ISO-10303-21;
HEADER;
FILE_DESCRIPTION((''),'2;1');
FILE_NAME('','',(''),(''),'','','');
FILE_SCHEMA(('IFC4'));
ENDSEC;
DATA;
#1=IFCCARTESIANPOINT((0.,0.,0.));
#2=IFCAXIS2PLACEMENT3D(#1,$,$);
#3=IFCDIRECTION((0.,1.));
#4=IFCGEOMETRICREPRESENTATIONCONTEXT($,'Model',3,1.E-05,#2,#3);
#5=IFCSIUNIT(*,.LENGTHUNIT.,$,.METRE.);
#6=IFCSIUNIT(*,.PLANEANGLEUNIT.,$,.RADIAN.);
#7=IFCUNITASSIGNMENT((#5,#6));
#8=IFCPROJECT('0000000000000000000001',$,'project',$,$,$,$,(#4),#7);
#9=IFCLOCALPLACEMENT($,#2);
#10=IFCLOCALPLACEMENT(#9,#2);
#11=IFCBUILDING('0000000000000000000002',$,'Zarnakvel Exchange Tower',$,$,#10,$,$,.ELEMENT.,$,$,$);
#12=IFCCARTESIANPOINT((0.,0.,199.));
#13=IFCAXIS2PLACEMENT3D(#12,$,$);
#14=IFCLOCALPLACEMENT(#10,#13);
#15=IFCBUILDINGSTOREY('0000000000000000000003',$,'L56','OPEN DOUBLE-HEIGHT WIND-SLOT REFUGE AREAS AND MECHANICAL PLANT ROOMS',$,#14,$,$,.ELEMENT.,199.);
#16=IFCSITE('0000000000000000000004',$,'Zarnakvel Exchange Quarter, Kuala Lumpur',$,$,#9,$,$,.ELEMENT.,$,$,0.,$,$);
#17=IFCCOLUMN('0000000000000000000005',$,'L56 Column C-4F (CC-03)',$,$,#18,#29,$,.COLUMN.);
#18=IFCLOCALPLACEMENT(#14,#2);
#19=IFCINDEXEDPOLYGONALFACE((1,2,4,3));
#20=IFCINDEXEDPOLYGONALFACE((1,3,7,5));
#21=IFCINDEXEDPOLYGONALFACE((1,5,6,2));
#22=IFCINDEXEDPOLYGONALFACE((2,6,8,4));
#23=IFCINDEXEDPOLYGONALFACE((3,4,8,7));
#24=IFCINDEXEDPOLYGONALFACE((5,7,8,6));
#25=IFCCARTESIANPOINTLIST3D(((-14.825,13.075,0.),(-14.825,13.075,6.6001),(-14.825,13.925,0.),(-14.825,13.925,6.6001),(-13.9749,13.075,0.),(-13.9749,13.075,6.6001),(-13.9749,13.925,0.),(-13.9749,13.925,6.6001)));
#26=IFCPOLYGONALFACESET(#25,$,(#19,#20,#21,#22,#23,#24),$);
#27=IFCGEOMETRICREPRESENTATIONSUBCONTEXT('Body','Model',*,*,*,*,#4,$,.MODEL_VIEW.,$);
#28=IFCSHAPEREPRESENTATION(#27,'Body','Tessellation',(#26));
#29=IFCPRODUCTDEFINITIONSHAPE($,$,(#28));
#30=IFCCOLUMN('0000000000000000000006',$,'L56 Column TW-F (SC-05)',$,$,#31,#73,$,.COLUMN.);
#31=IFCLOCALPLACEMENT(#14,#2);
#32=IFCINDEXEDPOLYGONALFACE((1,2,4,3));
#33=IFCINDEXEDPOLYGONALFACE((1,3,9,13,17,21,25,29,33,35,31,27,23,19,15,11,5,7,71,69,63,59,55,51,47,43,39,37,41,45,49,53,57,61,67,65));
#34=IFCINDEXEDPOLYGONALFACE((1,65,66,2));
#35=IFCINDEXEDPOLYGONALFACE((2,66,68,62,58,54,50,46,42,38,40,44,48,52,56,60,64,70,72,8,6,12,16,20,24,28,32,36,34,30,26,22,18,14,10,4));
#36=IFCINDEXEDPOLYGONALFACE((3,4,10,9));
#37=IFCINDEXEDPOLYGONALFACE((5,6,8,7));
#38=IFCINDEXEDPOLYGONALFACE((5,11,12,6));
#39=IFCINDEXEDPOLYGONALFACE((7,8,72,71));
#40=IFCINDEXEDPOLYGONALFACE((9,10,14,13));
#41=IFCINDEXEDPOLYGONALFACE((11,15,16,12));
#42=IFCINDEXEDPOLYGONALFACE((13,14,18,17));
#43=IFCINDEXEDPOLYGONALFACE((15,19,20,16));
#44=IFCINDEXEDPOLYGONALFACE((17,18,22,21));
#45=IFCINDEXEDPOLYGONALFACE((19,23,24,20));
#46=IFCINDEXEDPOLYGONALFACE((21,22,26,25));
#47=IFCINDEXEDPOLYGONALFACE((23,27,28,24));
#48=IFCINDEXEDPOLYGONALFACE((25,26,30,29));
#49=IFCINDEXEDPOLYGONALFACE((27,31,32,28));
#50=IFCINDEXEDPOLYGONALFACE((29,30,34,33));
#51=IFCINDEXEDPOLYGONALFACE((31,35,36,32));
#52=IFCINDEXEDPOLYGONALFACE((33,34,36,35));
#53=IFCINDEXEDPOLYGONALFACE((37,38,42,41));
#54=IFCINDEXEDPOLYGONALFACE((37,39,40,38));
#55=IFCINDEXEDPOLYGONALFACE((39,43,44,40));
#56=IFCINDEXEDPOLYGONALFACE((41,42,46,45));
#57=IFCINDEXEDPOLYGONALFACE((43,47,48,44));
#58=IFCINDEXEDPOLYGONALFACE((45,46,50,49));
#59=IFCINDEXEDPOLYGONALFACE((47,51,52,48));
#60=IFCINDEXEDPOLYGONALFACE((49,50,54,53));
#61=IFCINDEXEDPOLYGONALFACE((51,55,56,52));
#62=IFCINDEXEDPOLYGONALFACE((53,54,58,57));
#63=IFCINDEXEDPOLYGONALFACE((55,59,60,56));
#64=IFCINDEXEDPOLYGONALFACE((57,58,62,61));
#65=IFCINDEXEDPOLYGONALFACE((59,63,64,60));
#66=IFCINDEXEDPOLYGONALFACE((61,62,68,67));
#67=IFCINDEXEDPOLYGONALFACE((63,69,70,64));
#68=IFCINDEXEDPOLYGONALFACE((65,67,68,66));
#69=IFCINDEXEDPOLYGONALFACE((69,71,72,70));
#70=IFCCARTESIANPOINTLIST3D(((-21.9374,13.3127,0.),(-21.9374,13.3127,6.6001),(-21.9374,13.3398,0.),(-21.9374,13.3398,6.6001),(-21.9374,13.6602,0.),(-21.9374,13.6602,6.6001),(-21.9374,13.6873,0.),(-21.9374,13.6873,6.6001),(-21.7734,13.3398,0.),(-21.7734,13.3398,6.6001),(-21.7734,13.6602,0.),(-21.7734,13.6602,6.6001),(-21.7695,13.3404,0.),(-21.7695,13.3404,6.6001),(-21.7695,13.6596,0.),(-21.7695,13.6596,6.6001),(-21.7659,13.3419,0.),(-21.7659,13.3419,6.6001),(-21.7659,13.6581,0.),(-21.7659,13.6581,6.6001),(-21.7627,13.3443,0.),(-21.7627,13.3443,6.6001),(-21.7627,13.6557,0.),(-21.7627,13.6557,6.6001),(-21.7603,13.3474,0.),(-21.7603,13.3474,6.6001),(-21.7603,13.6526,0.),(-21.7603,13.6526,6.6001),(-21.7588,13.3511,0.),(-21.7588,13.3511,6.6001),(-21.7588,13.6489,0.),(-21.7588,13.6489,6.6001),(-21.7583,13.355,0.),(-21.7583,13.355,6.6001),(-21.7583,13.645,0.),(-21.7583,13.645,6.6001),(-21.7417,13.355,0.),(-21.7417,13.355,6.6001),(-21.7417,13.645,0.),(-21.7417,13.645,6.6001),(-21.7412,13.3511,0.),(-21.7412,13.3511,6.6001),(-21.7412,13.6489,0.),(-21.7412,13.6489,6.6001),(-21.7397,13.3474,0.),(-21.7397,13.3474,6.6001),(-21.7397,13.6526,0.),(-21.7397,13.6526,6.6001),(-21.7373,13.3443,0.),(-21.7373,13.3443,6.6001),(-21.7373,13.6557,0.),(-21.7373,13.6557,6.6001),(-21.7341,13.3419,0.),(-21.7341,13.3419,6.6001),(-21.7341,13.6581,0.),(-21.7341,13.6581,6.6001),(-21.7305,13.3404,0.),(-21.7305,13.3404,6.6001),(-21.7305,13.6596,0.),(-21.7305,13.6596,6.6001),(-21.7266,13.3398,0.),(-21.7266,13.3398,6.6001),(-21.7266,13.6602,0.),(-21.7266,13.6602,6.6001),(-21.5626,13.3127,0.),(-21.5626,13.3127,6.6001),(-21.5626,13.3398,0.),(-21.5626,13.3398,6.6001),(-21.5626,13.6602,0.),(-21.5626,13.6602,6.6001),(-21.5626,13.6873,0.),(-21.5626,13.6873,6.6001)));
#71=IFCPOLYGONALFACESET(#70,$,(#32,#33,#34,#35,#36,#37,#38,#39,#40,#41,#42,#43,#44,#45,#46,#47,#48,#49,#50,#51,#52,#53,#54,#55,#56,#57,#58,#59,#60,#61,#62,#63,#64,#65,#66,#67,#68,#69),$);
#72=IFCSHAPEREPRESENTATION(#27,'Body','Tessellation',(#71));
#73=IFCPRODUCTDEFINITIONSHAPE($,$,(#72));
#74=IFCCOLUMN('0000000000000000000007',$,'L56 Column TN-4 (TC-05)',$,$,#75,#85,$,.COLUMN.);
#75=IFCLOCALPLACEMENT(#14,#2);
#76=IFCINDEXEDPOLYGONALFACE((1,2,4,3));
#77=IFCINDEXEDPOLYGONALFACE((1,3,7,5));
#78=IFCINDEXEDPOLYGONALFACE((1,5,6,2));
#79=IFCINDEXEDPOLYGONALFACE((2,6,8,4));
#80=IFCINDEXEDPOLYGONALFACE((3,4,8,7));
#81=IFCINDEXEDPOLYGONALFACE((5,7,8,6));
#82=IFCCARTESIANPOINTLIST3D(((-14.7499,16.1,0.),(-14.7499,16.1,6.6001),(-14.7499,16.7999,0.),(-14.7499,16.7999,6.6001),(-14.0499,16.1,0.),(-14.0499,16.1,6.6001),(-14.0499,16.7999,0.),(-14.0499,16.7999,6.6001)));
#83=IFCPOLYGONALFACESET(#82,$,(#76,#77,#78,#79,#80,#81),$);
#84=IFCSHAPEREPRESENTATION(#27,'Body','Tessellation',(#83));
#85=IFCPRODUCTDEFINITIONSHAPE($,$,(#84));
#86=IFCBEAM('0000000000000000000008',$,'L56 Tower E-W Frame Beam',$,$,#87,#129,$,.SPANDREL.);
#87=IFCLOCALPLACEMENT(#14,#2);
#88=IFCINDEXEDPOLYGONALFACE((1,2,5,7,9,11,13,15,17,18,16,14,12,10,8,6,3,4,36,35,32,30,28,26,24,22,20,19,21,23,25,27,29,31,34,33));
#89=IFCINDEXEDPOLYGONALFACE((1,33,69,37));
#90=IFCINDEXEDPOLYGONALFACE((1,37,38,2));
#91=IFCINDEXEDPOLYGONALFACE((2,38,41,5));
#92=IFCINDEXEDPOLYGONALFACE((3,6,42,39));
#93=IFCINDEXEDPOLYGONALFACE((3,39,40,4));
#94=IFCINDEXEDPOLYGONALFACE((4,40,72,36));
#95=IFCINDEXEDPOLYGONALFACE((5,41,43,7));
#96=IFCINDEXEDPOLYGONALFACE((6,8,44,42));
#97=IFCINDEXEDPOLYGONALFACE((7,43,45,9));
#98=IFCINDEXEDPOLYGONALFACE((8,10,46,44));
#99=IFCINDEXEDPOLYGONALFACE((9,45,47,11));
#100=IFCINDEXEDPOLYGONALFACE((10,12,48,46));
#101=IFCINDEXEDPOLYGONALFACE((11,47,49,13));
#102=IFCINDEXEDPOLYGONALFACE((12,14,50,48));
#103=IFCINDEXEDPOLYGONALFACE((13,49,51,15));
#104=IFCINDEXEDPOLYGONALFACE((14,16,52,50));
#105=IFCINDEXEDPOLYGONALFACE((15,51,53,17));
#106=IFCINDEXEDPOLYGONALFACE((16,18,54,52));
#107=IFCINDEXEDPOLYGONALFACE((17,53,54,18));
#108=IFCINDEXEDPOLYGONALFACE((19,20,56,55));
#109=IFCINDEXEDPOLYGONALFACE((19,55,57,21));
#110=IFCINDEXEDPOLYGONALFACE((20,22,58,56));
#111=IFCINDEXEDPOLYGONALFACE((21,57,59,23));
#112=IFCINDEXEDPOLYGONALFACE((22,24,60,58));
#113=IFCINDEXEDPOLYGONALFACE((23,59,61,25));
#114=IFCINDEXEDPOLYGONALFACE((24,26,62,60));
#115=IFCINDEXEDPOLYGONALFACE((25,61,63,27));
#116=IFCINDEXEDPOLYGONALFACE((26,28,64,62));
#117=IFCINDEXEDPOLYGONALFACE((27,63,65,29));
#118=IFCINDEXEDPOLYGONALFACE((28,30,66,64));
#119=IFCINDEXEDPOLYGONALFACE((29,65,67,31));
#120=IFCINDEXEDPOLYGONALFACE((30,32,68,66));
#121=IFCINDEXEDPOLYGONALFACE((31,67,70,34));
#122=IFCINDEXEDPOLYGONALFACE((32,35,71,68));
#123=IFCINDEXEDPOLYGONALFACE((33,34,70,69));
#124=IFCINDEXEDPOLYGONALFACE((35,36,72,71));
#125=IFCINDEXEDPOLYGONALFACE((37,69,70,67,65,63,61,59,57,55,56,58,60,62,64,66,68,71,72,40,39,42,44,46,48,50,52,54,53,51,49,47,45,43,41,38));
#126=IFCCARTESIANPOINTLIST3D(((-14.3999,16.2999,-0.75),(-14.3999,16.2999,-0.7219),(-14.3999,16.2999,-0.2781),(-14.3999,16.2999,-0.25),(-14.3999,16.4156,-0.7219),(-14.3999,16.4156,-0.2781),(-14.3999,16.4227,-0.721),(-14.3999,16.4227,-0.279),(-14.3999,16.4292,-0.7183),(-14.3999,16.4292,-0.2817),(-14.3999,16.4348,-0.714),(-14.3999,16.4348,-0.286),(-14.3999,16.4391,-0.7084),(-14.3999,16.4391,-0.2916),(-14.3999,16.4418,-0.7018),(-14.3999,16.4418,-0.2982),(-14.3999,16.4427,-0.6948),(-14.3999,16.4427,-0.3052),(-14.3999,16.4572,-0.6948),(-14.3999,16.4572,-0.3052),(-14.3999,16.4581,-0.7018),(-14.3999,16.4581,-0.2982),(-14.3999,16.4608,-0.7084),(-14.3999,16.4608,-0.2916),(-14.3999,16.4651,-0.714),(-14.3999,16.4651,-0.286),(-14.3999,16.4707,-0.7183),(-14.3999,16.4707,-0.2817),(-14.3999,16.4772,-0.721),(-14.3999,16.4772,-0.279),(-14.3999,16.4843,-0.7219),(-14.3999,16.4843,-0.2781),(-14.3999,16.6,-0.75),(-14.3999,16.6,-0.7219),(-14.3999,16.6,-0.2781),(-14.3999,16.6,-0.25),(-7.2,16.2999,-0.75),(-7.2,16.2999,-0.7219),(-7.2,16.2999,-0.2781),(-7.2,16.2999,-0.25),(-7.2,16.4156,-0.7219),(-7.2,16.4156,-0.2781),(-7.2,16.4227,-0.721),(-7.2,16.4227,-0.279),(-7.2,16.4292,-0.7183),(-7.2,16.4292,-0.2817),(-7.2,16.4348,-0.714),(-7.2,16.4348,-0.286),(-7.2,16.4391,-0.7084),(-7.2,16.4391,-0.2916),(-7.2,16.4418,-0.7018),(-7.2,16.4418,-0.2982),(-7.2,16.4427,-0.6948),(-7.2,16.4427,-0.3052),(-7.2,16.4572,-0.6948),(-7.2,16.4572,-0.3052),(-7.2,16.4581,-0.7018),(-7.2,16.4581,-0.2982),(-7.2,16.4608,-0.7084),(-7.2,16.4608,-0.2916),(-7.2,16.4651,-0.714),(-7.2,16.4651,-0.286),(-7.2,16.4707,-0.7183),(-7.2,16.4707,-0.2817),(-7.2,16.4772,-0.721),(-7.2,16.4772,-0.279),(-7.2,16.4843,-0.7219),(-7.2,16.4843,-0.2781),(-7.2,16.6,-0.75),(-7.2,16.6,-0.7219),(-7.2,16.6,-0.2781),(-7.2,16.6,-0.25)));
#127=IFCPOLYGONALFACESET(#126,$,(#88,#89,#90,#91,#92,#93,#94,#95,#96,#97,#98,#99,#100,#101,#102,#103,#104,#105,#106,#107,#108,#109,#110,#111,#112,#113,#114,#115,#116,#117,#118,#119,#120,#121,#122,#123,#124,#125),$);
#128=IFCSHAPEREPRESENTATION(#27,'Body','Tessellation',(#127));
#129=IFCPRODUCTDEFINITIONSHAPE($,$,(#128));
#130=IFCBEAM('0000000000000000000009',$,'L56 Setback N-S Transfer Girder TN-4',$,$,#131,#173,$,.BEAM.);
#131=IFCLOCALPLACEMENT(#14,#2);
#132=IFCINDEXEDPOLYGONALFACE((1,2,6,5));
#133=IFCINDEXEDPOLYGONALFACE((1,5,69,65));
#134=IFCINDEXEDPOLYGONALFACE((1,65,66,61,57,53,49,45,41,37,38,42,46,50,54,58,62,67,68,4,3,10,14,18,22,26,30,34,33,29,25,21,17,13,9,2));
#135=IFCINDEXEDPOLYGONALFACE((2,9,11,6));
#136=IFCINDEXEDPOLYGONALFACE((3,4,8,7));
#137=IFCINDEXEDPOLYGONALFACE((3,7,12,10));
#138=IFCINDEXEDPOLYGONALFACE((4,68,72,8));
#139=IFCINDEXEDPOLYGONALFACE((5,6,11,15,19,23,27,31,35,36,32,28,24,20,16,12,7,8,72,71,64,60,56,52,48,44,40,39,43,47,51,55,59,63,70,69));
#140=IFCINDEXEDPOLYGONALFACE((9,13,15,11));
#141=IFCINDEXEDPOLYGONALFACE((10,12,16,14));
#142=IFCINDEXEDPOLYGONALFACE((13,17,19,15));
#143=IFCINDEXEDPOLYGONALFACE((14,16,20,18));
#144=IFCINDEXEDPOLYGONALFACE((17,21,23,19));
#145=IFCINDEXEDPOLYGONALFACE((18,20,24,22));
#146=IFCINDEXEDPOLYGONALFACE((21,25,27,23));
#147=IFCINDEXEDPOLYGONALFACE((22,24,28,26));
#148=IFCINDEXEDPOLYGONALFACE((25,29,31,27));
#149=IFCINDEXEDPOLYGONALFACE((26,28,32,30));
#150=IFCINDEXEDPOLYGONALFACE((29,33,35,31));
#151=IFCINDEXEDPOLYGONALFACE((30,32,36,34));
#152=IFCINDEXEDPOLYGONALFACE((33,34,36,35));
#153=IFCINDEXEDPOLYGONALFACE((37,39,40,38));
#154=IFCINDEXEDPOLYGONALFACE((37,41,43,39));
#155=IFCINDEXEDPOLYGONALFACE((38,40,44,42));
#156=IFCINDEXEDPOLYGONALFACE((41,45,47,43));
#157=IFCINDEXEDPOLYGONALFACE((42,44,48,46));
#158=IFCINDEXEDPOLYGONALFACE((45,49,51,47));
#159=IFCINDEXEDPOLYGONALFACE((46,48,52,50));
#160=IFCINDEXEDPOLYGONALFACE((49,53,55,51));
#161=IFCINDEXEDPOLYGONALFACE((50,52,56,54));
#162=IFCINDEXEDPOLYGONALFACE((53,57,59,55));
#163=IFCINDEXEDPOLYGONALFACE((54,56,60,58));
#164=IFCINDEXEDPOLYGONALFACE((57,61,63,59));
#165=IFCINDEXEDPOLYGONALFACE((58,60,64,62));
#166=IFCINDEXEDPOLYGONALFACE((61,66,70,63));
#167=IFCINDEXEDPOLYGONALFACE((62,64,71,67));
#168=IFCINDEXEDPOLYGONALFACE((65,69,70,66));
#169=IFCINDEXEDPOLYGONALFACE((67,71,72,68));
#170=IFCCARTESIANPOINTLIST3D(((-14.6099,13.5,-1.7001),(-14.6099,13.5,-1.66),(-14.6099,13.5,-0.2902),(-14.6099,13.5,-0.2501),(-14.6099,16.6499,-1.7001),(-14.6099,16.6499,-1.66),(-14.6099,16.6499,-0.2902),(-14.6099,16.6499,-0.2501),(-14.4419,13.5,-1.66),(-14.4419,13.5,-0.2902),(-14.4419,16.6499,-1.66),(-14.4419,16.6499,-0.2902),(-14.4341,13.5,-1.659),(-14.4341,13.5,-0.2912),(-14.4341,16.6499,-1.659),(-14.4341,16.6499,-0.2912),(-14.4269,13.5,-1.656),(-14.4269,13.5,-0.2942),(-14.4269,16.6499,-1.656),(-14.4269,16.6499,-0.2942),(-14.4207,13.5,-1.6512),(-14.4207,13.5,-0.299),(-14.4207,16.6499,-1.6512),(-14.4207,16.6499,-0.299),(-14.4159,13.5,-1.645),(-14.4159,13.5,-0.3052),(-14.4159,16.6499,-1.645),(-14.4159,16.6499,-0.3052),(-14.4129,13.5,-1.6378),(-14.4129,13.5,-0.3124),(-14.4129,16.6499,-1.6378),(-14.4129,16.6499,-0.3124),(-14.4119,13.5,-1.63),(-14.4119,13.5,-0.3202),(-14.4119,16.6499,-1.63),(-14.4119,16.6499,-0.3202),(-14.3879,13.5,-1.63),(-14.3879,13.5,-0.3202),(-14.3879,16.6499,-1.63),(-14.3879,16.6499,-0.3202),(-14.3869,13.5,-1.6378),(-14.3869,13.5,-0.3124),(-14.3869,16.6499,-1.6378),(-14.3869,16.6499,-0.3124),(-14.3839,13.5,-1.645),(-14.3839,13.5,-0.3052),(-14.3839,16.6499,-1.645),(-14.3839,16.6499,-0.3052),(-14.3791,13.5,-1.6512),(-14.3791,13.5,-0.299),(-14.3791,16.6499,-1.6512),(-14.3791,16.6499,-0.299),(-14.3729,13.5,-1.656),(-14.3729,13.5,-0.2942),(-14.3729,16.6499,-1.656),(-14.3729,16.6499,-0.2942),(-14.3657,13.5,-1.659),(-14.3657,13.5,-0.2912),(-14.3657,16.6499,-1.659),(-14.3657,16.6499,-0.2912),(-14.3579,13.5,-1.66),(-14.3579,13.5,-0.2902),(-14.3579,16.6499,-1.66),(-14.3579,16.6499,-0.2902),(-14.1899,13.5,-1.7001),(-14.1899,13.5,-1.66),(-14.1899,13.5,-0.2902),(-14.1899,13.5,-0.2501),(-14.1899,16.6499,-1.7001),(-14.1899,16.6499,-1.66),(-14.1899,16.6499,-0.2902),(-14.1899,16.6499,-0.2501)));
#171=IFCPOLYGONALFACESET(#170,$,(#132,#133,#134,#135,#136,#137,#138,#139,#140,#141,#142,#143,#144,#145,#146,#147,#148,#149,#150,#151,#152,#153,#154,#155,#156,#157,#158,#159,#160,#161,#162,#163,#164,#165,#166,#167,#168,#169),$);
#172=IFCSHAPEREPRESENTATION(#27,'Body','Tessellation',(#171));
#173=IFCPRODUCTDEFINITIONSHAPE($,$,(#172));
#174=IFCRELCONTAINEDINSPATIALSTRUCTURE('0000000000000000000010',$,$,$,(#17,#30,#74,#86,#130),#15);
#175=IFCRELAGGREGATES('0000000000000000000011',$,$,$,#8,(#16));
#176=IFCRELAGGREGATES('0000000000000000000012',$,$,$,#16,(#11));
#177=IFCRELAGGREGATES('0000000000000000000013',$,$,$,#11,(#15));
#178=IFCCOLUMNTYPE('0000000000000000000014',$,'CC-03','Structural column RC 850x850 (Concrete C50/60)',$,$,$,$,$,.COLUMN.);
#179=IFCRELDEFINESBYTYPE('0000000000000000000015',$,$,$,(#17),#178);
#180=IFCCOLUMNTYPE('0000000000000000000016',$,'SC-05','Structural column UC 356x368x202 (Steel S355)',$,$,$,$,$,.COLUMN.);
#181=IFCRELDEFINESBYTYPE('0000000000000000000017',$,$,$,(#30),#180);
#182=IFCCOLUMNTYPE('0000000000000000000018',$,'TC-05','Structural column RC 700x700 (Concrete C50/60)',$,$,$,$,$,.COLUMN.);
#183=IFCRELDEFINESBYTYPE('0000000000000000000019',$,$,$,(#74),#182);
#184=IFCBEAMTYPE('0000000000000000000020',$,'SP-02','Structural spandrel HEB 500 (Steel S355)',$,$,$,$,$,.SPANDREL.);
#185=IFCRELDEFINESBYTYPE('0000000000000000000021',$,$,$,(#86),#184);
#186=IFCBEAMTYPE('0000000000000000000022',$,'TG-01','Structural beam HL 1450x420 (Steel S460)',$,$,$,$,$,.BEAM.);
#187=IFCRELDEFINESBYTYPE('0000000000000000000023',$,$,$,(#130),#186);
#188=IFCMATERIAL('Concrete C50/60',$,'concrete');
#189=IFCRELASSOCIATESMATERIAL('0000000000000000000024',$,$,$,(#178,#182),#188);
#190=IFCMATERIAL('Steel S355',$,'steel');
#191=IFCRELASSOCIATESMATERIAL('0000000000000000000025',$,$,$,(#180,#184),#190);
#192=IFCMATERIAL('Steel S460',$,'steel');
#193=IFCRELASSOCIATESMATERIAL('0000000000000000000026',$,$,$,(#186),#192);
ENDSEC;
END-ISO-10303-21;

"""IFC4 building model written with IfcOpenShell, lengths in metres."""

from ifc_helpers import new_model, si_unit, direction, frame, origin, origin_2d, place, context, subcontext, project, spatial, rectangle, i_section, extrude, material, material_profile, profile_set, type_object, element, save


model = new_model("IFC4")

# Units and contexts
model_context = context("Model", 3, precision=1e-05, world=origin(), true_north=direction((0.0, 1.0)))
body_context = subcontext(model_context, "Body", "Model", "MODEL_VIEW")
ifc_project = project(units=[si_unit("LENGTHUNIT", "METRE"), si_unit("PLANEANGLEUNIT", "RADIAN")], contexts=[model_context])

# Site, building, storey
site_placement = place(None, origin())
site = spatial("IfcSite", under=ifc_project, at=site_placement, Name="Zarnakvel Exchange Quarter, Kuala Lumpur", CompositionType="ELEMENT", RefElevation=0.0)
building_placement = place(site_placement, origin())
building = spatial("IfcBuilding", under=site, at=building_placement, Name="Zarnakvel Exchange Tower", CompositionType="ELEMENT")
storey_placement = place(building_placement, frame((0.0, 0.0, 199.0)))
storey = spatial("IfcBuildingStorey", under=building, at=storey_placement, Name="L56", Description="OPEN DOUBLE-HEIGHT WIND-SLOT REFUGE AREAS AND MECHANICAL PLANT ROOMS", CompositionType="ELEMENT", Elevation=199.0)

# Columns
ifc_material_1 = material(Name="Concrete C50/60", Category="concrete")
ifc_material_profile_1 = material_profile(ifc_material_1, rectangle(XDim=0.8501, YDim=0.8501, at=origin_2d()))
ifc_profile_set_1 = profile_set([ifc_material_profile_1], Name="Concrete C50/60")
column_type_1 = type_object("IfcColumnType", Name="CC-03", Description="Structural column RC 850x850 (Concrete C50/60)", PredefinedType="COLUMN", material=ifc_profile_set_1)
column_1_placement = place(storey_placement, frame((-14.3999, 13.5, 0.0), z_axis=(0.0, 0.0, 1.0), x_axis=(1.0, 0.0, 0.0)))
element("IfcColumn", 1, at=column_1_placement, inside=storey, type_object=column_type_1, Name="L56 Column C-4F (CC-03)", PredefinedType="COLUMN", context=body_context, shape_type="SweptSolid", body=[
    extrude(rectangle(XDim=0.8501, YDim=0.8501, at=origin_2d()), origin(), (0.0, 0.0, 1.0), 6.6001),
])
ifc_material_2 = material(Name="Steel S355", Category="steel")
ifc_material_profile_2 = material_profile(ifc_material_2, i_section(OverallWidth=0.3748, OverallDepth=0.3745, WebThickness=0.0166, FlangeThickness=0.0271, FilletRadius=0.0151, at=origin_2d()))
ifc_profile_set_2 = profile_set([ifc_material_profile_2], Name="Steel S355")
column_type_2 = type_object("IfcColumnType", Name="SC-05", Description="Structural column UC 356x368x202 (Steel S355)", PredefinedType="COLUMN", material=ifc_profile_set_2)
column_2_placement = place(storey_placement, frame((-21.75, 13.5, 0.0), z_axis=(0.0, 0.0, 1.0), x_axis=(1.0, 0.0, 0.0)))
element("IfcColumn", 2, at=column_2_placement, inside=storey, type_object=column_type_2, Name="L56 Column TW-F (SC-05)", PredefinedType="COLUMN", context=body_context, shape_type="SweptSolid", body=[
    extrude(i_section(OverallWidth=0.3748, OverallDepth=0.3745, WebThickness=0.0166, FlangeThickness=0.0271, FilletRadius=0.0151, at=origin_2d()), origin(), (0.0, 0.0, 1.0), 6.6001),
])
ifc_material_profile_3 = material_profile(ifc_material_1, rectangle(XDim=0.7, YDim=0.7, at=origin_2d()))
ifc_profile_set_3 = profile_set([ifc_material_profile_3], Name="Concrete C50/60")
column_type_3 = type_object("IfcColumnType", Name="TC-05", Description="Structural column RC 700x700 (Concrete C50/60)", PredefinedType="COLUMN", material=ifc_profile_set_3)
column_3_placement = place(storey_placement, frame((-14.3999, 16.45, 0.0), z_axis=(0.0, 0.0, 1.0), x_axis=(1.0, 0.0, 0.0)))
element("IfcColumn", 3, at=column_3_placement, inside=storey, type_object=column_type_3, Name="L56 Column TN-4 (TC-05)", PredefinedType="COLUMN", context=body_context, shape_type="SweptSolid", body=[
    extrude(rectangle(XDim=0.7, YDim=0.7, at=origin_2d()), origin(), (0.0, 0.0, 1.0), 6.6001),
])

# Beams
ifc_material_profile_4 = material_profile(ifc_material_2, i_section(OverallWidth=0.3, OverallDepth=0.5, WebThickness=0.0144, FlangeThickness=0.0281, FilletRadius=0.0271, at=origin_2d()))
ifc_profile_set_4 = profile_set([ifc_material_profile_4], Name="Steel S355")
beam_type_1 = type_object("IfcBeamType", Name="SP-02", Description="Structural spandrel HEB 500 (Steel S355)", PredefinedType="SPANDREL", material=ifc_profile_set_4)
beam_1_placement = place(storey_placement, frame((-14.3999, 16.45, -0.5), z_axis=(1.0, 0.0, 0.0), x_axis=(0.0, 1.0, 0.0)))
element("IfcBeam", 4, at=beam_1_placement, inside=storey, type_object=beam_type_1, Name="L56 Tower E-W Frame Beam", PredefinedType="SPANDREL", context=body_context, shape_type="SweptSolid", body=[
    extrude(i_section(OverallWidth=0.3, OverallDepth=0.5, WebThickness=0.0144, FlangeThickness=0.0281, FilletRadius=0.0271, at=origin_2d()), origin(), (0.0, 0.0, 1.0), 7.2),
])
ifc_material_3 = material(Name="Steel S460", Category="steel")
ifc_material_profile_5 = material_profile(ifc_material_3, i_section(OverallWidth=0.4199, OverallDepth=1.45, WebThickness=0.0239, FlangeThickness=0.04, FilletRadius=0.03, at=origin_2d()))
ifc_profile_set_5 = profile_set([ifc_material_profile_5], Name="Steel S460")
beam_type_2 = type_object("IfcBeamType", Name="TG-01", Description="Structural beam HL 1450x420 (Steel S460)", PredefinedType="BEAM", material=ifc_profile_set_5)
beam_2_placement = place(storey_placement, frame((-14.3999, 13.5, -0.9751), z_axis=(0.0, 1.0, 0.0), x_axis=(-1.0, 0.0, 0.0)))
element("IfcBeam", 5, at=beam_2_placement, inside=storey, type_object=beam_type_2, Name="L56 Setback N-S Transfer Girder TN-4", PredefinedType="BEAM", context=body_context, shape_type="SweptSolid", body=[
    extrude(i_section(OverallWidth=0.4199, OverallDepth=1.45, WebThickness=0.0239, FlangeThickness=0.04, FilletRadius=0.03, at=origin_2d()), origin(), (0.0, 0.0, 1.0), 3.1499),
])

save(model, "model.ifc")
